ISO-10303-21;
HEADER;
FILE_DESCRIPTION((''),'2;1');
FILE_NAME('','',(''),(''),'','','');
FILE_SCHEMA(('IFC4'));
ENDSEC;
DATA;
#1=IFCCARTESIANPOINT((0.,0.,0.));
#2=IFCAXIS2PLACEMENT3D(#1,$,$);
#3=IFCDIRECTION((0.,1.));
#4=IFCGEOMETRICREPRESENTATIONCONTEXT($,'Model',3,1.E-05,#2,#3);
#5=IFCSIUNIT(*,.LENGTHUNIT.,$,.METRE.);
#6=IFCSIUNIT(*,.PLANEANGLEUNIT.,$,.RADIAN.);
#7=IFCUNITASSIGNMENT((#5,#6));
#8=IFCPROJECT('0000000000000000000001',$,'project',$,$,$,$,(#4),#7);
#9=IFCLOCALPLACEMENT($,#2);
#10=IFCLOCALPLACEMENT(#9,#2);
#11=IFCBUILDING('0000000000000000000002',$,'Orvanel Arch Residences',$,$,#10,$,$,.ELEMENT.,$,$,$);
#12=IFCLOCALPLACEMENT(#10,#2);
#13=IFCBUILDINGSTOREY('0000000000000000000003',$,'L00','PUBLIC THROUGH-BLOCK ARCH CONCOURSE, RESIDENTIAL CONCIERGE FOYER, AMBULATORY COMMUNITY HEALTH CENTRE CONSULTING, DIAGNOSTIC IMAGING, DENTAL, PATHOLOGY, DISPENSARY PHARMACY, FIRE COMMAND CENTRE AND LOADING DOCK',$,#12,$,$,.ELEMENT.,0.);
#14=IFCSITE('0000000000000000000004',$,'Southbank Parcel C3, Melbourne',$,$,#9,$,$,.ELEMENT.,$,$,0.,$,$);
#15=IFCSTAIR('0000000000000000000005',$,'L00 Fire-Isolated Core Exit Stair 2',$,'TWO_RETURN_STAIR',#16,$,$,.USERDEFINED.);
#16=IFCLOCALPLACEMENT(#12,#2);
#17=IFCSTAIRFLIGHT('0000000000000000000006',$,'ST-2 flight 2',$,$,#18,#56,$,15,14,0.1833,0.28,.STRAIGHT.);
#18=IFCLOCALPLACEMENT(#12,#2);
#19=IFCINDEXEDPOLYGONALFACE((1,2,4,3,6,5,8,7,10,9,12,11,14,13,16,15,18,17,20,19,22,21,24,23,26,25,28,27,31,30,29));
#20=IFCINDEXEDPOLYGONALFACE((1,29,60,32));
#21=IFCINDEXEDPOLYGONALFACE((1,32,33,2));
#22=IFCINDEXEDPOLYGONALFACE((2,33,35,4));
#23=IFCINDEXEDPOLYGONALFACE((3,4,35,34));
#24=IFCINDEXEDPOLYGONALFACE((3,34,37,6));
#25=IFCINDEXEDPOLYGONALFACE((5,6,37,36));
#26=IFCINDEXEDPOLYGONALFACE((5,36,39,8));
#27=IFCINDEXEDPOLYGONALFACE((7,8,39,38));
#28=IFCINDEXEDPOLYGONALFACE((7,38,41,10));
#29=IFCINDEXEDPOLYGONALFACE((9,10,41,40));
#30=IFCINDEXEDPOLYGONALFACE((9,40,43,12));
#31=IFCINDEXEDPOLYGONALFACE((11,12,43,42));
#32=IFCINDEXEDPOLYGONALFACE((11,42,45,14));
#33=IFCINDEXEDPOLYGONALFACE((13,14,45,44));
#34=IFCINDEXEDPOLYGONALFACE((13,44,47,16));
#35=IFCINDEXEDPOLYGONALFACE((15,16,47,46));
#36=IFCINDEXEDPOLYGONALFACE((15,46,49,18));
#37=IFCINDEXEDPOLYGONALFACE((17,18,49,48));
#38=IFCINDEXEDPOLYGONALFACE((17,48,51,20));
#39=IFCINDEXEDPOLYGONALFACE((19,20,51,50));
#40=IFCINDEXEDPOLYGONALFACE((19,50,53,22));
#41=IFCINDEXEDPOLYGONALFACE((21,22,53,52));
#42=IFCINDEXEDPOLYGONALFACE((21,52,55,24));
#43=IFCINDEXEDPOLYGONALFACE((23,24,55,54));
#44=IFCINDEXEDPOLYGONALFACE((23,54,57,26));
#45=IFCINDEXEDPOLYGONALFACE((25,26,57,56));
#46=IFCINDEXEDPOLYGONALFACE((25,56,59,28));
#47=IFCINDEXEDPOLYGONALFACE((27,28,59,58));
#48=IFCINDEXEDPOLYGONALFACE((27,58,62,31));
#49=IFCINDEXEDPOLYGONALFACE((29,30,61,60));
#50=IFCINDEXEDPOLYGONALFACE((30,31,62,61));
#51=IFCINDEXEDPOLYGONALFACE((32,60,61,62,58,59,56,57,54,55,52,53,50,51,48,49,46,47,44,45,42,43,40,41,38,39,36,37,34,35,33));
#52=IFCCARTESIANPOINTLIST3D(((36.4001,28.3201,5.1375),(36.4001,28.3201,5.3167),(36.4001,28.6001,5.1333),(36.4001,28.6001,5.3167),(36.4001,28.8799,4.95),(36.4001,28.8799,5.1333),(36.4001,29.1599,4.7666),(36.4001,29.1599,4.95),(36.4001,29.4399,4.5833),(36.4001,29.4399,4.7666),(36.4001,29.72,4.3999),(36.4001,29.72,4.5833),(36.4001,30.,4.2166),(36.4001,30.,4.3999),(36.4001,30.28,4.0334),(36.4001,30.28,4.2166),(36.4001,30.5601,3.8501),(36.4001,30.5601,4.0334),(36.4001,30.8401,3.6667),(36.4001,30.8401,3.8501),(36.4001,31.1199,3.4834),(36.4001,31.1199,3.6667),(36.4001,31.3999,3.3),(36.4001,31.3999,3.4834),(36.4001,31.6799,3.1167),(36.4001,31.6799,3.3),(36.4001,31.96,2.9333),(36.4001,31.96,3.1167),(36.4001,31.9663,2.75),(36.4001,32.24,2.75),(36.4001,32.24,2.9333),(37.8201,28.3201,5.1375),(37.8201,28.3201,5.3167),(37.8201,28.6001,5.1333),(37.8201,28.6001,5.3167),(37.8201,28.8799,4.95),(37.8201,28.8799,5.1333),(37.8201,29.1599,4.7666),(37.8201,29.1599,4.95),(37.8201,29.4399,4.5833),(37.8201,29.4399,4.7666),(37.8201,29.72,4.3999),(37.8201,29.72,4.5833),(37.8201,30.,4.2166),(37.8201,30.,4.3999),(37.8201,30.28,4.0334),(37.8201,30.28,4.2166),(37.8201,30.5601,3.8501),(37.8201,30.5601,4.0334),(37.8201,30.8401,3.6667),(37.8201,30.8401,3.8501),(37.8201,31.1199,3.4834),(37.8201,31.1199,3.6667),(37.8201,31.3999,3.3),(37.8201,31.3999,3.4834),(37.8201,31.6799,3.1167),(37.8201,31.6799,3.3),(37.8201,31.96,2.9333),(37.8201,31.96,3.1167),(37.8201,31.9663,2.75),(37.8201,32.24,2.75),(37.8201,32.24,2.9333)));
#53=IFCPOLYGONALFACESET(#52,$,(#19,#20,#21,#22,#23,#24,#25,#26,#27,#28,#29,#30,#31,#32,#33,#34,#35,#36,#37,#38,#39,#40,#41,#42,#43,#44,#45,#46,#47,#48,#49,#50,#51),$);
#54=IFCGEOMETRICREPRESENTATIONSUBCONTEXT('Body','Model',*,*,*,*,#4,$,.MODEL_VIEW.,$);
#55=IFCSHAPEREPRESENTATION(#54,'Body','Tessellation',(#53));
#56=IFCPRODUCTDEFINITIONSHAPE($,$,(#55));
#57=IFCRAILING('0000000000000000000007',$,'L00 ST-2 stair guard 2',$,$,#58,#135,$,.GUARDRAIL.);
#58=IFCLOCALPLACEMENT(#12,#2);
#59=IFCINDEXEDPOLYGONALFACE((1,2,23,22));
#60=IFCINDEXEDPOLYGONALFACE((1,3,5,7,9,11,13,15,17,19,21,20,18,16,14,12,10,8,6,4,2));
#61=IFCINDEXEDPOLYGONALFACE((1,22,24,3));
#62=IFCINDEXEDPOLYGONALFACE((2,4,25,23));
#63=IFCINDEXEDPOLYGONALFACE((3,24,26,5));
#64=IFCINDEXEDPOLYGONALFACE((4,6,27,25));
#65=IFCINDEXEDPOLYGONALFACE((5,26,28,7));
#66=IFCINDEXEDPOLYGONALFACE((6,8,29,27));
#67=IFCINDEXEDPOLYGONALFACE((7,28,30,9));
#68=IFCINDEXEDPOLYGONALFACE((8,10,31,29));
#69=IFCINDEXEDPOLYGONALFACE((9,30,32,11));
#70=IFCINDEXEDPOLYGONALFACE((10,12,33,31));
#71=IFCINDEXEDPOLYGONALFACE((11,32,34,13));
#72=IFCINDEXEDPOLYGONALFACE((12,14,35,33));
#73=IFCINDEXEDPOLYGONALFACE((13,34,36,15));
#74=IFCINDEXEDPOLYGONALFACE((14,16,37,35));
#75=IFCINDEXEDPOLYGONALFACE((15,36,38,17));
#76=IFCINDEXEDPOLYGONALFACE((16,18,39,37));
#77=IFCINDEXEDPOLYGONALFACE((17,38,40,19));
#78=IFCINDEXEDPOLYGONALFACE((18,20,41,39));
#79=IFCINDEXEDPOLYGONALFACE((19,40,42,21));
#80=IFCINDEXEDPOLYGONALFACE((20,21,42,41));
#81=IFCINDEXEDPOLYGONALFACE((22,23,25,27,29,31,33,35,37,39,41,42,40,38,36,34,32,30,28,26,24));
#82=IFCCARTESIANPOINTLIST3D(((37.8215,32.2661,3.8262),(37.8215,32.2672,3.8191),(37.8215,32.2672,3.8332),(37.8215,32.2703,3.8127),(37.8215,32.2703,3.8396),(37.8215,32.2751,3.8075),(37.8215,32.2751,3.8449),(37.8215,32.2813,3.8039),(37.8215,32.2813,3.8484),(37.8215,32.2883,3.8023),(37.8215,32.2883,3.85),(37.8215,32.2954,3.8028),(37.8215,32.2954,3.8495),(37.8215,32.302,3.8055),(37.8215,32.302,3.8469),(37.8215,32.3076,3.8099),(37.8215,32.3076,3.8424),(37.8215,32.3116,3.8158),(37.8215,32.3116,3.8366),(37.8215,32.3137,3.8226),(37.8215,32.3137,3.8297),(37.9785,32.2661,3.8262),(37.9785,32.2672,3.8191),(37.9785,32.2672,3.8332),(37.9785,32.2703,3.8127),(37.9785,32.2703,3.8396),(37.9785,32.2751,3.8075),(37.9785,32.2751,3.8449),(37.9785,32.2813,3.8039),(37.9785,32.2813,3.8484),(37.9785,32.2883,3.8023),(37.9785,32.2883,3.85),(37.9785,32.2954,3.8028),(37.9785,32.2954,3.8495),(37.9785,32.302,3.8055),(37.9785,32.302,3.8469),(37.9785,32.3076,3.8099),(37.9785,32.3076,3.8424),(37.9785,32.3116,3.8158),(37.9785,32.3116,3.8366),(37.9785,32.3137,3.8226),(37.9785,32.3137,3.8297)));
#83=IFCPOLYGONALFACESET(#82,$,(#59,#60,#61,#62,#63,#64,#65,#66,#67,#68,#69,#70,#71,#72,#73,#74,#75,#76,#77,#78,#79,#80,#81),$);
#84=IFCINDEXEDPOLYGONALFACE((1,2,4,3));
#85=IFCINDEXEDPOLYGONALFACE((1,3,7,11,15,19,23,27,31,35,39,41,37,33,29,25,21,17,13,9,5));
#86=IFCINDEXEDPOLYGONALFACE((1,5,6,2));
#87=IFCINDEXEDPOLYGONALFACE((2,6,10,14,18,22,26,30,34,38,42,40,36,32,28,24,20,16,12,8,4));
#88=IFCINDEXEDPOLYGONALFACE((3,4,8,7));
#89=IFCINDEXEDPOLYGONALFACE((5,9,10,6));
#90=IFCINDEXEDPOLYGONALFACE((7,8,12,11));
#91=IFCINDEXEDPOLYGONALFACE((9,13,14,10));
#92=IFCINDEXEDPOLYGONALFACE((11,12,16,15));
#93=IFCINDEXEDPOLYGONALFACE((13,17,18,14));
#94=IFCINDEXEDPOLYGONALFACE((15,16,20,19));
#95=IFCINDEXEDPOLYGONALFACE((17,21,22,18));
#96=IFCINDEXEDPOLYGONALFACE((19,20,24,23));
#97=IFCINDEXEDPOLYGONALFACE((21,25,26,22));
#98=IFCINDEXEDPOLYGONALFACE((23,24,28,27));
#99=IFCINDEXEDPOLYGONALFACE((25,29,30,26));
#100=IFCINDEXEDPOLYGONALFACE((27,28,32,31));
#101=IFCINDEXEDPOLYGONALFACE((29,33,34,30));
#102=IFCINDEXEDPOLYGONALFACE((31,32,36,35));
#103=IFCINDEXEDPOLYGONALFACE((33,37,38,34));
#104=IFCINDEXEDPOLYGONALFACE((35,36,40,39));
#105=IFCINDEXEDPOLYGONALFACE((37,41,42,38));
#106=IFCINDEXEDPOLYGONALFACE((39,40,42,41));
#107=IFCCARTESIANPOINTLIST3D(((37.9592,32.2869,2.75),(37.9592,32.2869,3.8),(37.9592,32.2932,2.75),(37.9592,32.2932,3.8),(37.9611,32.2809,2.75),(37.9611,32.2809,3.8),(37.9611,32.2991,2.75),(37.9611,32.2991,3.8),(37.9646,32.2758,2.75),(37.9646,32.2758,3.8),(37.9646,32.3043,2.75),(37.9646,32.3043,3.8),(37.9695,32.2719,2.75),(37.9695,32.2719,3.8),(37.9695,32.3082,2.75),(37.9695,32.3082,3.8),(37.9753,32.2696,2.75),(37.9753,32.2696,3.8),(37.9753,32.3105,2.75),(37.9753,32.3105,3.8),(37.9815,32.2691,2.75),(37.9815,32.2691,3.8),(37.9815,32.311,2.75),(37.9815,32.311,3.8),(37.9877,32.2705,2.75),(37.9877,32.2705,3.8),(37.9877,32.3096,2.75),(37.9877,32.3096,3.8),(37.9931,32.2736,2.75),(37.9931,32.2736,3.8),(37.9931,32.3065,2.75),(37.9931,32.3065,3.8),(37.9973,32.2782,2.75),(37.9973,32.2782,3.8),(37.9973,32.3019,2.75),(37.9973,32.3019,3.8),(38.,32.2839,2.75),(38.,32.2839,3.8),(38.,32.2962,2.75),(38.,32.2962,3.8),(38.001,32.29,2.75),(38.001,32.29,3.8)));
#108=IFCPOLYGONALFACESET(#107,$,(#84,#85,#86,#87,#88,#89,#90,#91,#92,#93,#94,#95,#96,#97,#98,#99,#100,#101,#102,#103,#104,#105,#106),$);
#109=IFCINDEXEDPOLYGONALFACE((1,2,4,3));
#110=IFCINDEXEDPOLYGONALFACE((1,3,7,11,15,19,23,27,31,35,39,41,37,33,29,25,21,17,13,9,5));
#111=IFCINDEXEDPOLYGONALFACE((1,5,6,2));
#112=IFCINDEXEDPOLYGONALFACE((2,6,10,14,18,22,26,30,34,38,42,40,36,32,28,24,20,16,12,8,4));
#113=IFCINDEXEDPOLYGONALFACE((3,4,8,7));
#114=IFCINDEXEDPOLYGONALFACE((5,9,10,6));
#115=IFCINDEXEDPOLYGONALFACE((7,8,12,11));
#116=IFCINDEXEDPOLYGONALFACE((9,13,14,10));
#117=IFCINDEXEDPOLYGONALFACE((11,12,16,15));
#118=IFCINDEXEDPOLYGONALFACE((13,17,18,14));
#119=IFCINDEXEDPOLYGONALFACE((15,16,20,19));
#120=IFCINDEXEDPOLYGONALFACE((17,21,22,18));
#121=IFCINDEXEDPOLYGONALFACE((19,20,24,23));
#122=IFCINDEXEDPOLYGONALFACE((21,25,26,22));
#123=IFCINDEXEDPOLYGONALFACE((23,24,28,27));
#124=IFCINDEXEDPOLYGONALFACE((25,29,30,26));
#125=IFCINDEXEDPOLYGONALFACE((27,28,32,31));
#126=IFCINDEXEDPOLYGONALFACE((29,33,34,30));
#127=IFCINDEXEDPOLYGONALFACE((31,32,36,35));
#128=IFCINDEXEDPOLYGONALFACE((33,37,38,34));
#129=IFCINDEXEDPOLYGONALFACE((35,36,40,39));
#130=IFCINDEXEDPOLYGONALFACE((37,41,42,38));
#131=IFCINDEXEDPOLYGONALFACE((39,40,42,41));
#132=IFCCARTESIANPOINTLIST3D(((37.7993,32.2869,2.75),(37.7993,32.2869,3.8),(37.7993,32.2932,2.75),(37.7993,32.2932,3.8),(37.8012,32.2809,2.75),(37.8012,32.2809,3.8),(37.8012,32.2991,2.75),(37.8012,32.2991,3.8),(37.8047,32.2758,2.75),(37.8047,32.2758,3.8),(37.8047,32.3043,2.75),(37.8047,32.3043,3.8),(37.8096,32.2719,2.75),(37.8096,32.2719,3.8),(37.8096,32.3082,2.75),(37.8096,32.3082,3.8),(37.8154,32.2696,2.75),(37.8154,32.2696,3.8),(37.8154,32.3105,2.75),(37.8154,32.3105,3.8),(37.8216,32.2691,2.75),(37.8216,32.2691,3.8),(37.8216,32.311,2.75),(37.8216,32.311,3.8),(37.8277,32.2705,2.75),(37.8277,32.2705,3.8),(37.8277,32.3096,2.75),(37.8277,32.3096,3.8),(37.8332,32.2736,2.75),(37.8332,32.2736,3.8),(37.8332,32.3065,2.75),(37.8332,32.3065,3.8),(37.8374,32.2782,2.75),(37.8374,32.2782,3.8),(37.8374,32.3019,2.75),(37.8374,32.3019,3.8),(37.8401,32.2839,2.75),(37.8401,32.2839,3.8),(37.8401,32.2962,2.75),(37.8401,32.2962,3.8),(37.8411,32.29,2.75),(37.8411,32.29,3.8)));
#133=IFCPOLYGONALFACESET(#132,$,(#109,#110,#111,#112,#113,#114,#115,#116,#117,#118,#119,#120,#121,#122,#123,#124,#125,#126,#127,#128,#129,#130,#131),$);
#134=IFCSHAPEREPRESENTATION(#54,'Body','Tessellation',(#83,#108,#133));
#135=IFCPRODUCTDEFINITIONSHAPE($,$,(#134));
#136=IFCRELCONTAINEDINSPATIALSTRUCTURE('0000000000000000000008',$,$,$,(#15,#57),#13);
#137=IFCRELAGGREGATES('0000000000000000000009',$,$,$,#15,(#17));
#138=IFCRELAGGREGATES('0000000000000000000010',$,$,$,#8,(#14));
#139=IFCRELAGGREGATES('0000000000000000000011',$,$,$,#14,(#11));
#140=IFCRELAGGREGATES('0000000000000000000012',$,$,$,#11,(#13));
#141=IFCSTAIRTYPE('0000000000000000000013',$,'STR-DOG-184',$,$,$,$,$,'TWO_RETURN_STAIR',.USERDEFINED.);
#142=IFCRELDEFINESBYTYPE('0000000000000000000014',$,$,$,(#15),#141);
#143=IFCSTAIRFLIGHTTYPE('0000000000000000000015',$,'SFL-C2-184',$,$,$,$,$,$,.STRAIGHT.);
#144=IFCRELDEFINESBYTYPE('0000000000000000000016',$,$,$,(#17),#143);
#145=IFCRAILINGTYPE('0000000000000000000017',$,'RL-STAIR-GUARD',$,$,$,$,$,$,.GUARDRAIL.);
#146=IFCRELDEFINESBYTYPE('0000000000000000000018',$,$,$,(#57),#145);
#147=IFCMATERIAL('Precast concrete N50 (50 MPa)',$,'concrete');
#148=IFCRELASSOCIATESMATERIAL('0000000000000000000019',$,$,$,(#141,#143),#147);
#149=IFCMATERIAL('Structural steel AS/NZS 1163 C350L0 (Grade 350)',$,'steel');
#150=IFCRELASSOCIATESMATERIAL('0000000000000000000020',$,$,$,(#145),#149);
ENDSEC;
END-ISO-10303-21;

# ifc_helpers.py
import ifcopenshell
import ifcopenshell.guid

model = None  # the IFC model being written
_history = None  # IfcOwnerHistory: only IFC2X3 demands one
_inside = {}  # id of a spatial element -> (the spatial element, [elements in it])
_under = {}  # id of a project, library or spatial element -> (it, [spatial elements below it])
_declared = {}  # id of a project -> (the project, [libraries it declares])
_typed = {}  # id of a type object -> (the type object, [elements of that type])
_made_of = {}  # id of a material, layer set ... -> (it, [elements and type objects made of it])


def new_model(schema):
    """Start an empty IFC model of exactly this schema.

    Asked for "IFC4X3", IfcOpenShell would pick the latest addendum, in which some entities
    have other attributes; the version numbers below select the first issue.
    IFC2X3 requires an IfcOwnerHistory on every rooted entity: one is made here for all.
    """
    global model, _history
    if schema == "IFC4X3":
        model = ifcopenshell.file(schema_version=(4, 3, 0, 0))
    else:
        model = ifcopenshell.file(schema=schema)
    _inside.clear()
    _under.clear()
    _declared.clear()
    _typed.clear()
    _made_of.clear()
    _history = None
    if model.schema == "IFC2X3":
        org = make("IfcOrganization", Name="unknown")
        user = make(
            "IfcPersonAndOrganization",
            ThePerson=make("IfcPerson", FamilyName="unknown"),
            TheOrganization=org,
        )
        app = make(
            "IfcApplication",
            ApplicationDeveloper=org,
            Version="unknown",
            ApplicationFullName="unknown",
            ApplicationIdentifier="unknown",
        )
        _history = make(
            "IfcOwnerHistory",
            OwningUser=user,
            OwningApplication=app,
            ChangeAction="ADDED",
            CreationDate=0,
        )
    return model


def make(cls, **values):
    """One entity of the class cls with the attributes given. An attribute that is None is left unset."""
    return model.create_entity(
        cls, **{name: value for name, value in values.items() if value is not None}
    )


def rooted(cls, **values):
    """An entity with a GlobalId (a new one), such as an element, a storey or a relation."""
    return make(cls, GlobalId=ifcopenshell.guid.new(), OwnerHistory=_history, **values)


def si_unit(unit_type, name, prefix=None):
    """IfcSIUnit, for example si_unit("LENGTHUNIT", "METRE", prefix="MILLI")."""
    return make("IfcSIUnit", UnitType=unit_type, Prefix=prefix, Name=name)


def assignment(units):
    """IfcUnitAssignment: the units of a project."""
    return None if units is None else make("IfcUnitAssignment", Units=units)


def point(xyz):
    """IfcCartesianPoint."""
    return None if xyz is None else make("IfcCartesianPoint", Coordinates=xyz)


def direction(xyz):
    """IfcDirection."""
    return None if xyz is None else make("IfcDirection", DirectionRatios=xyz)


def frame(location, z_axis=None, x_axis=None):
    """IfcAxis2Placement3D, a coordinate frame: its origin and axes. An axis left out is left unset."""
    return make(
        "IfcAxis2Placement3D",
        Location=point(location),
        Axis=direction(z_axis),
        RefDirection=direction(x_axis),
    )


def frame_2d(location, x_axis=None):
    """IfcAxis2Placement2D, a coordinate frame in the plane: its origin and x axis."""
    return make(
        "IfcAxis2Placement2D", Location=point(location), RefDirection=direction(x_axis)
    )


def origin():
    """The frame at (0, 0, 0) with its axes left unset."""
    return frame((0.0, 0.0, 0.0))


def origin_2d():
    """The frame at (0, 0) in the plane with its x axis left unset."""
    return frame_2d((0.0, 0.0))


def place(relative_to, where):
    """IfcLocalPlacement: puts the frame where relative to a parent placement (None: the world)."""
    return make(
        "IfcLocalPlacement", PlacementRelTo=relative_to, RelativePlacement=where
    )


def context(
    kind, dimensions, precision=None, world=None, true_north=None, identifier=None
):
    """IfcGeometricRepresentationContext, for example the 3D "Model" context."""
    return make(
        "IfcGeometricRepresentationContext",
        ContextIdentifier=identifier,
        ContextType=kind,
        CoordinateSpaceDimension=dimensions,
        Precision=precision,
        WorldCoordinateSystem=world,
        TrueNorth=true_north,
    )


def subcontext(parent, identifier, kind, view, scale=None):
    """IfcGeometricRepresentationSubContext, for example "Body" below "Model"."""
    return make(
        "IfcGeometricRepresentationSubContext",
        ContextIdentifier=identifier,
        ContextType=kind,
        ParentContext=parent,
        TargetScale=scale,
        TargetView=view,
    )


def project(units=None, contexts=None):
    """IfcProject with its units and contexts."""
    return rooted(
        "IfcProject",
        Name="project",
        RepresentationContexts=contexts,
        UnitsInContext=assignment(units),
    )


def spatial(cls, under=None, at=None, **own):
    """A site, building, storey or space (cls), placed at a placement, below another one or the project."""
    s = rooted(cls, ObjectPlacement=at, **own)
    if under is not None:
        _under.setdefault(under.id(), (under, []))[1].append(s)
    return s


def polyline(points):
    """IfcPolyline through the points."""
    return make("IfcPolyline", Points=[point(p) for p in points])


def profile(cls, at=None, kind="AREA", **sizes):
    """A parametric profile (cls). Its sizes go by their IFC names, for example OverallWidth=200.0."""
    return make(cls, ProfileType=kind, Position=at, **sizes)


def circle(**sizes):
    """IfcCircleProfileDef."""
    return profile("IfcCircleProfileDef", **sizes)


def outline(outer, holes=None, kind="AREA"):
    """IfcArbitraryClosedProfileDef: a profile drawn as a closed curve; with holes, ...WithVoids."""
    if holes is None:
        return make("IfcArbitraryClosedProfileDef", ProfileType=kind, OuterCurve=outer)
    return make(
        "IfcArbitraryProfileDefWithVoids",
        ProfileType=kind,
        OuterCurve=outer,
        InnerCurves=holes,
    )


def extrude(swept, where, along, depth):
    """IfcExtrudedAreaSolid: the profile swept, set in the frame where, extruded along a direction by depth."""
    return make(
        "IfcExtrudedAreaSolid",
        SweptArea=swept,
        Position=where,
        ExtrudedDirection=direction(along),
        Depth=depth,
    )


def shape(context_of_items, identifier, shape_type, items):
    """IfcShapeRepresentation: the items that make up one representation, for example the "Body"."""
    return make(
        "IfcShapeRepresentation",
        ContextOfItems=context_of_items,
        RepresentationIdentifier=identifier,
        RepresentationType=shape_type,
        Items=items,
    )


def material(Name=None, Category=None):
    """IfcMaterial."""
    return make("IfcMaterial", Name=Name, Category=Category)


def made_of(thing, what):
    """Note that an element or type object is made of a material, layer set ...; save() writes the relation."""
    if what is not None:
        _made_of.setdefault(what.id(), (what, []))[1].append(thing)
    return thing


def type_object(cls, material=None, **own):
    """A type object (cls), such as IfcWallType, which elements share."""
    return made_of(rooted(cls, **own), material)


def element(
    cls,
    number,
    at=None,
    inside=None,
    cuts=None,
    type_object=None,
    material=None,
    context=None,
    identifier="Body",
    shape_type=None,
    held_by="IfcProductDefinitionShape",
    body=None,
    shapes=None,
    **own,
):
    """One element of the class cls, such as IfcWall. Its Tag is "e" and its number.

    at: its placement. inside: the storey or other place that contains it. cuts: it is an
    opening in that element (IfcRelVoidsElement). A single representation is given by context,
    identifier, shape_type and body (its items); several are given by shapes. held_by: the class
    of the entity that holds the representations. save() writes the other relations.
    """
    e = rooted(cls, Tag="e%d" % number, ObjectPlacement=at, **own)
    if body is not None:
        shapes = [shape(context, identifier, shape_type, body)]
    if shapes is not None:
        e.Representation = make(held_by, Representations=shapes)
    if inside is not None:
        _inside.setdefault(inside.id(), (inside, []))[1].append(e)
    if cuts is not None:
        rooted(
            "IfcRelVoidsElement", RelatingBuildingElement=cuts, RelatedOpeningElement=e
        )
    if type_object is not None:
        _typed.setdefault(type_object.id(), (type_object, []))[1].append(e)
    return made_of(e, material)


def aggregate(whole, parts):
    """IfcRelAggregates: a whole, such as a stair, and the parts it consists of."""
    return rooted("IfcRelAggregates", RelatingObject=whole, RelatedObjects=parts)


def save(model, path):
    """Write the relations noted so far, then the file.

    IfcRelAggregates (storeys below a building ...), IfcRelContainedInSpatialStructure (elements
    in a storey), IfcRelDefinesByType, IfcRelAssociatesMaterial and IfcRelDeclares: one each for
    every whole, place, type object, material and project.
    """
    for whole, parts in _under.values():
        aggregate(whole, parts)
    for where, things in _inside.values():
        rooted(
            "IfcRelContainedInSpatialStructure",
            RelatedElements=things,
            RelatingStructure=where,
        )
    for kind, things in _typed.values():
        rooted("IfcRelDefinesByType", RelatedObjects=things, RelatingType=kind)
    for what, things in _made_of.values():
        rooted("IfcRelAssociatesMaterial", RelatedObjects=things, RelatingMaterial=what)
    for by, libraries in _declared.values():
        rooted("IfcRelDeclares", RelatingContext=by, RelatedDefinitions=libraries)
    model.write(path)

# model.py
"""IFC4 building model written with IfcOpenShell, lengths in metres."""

from ifc_helpers import new_model, si_unit, direction, frame, origin, origin_2d, place, context, subcontext, project, spatial, polyline, circle, outline, extrude, material, type_object, element, aggregate, save


model = new_model("IFC4")

# Units and contexts
model_context = context("Model", 3, precision=1e-05, world=origin(), true_north=direction((0.0, 1.0)))
body_context = subcontext(model_context, "Body", "Model", "MODEL_VIEW")
ifc_project = project(units=[si_unit("LENGTHUNIT", "METRE"), si_unit("PLANEANGLEUNIT", "RADIAN")], contexts=[model_context])

# Site, building, storey
site_placement = place(None, origin())
site = spatial("IfcSite", under=ifc_project, at=site_placement, Name="Southbank Parcel C3, Melbourne", CompositionType="ELEMENT", RefElevation=0.0)
building_placement = place(site_placement, origin())
building = spatial("IfcBuilding", under=site, at=building_placement, Name="Orvanel Arch Residences", CompositionType="ELEMENT")
storey_placement = place(building_placement, origin())
storey = spatial("IfcBuildingStorey", under=building, at=storey_placement, Name="L00", Description="PUBLIC THROUGH-BLOCK ARCH CONCOURSE, RESIDENTIAL CONCIERGE FOYER, AMBULATORY COMMUNITY HEALTH CENTRE CONSULTING, DIAGNOSTIC IMAGING, DENTAL, PATHOLOGY, DISPENSARY PHARMACY, FIRE COMMAND CENTRE AND LOADING DOCK", CompositionType="ELEMENT", Elevation=0.0)

# Stair, stair flight
ifc_material_1 = material(Name="Precast concrete N50 (50 MPa)", Category="concrete")
stair_type = type_object("IfcStairType", Name="STR-DOG-184", ElementType="TWO_RETURN_STAIR", PredefinedType="USERDEFINED", material=ifc_material_1)
stair_placement = place(storey_placement, origin())
stair = element("IfcStair", 1, at=stair_placement, inside=storey, type_object=stair_type, Name="L00 Fire-Isolated Core Exit Stair 2", ObjectType="TWO_RETURN_STAIR", PredefinedType="USERDEFINED")
stair_flight_type = type_object("IfcStairFlightType", Name="SFL-C2-184", PredefinedType="STRAIGHT", material=ifc_material_1)
stair_flight_placement = place(storey_placement, frame((37.1101, 32.24, 2.75), z_axis=(0.0, 0.0, 1.0), x_axis=(0.0, -1.0, 0.0)))
stair_flight = element("IfcStairFlight", 2, at=stair_flight_placement, type_object=stair_flight_type, Name="ST-2 flight 2", NumberOfRisers=15, NumberOfTreads=14, PredefinedType="STRAIGHT", RiserHeight=0.1833, TreadLength=0.28, context=body_context, shape_type="SweptSolid", body=[
    extrude(outline(polyline([(0.0, 0.0), (0.0, 0.1833), (0.28, 0.1833), (0.28, 0.3667), (0.5601, 0.3667), (0.5601, 0.55), (0.8401, 0.55), (0.8401, 0.7334), (1.1201, 0.7334), (1.1201, 0.9167), (1.3999, 0.9167), (1.3999, 1.1001), (1.6799, 1.1001), (1.6799, 1.2834), (1.96, 1.2834), (1.96, 1.4666), (2.24, 1.4666), (2.24, 1.6499), (2.52, 1.6499), (2.52, 1.8333), (2.8, 1.8333), (2.8, 2.0166), (3.0801, 2.0166), (3.0801, 2.2), (3.3601, 2.2), (3.3601, 2.3833), (3.6399, 2.3833), (3.6399, 2.5667), (3.9199, 2.5667), (3.9199, 2.75), (3.9199, 2.3875), (0.2737, 0.0), (0.0, 0.0)])), frame((0.0, 0.71, 0.0), z_axis=(0.0, -1.0, 0.0), x_axis=(1.0, 0.0, 0.0)), (0.0, 0.0, 1.0), 1.4199),
])
aggregate(stair, [stair_flight])

# Railing
ifc_material_2 = material(Name="Structural steel AS/NZS 1163 C350L0 (Grade 350)", Category="steel")
railing_type_1 = type_object("IfcRailingType", Name="RL-STAIR-GUARD", PredefinedType="GUARDRAIL", material=ifc_material_2)
railing_1_placement = place(storey_placement, frame((37.98, 32.29, 2.75)))
element("IfcRailing", 3, at=railing_1_placement, inside=storey, type_object=railing_type_1, Name="L00 ST-2 stair guard 2", PredefinedType="GUARDRAIL", context=body_context, shape_type="SweptSolid", body=[
    extrude(circle(Radius=0.0239, at=origin_2d()), frame((-0.0015, 0.0, 1.0762), z_axis=(-1.0, 0.0, 0.0), x_axis=(0.0, -1.0, 0.0)), (0.0, 0.0, 1.0), 0.157),
    extrude(circle(Radius=0.021, at=origin_2d()), origin(), (0.0, 0.0, 1.0), 1.05),
    extrude(circle(Radius=0.021, at=origin_2d()), frame((-0.1599, 0.0, 0.0)), (0.0, 0.0, 1.0), 1.05),
])

save(model, "model.ifc")
